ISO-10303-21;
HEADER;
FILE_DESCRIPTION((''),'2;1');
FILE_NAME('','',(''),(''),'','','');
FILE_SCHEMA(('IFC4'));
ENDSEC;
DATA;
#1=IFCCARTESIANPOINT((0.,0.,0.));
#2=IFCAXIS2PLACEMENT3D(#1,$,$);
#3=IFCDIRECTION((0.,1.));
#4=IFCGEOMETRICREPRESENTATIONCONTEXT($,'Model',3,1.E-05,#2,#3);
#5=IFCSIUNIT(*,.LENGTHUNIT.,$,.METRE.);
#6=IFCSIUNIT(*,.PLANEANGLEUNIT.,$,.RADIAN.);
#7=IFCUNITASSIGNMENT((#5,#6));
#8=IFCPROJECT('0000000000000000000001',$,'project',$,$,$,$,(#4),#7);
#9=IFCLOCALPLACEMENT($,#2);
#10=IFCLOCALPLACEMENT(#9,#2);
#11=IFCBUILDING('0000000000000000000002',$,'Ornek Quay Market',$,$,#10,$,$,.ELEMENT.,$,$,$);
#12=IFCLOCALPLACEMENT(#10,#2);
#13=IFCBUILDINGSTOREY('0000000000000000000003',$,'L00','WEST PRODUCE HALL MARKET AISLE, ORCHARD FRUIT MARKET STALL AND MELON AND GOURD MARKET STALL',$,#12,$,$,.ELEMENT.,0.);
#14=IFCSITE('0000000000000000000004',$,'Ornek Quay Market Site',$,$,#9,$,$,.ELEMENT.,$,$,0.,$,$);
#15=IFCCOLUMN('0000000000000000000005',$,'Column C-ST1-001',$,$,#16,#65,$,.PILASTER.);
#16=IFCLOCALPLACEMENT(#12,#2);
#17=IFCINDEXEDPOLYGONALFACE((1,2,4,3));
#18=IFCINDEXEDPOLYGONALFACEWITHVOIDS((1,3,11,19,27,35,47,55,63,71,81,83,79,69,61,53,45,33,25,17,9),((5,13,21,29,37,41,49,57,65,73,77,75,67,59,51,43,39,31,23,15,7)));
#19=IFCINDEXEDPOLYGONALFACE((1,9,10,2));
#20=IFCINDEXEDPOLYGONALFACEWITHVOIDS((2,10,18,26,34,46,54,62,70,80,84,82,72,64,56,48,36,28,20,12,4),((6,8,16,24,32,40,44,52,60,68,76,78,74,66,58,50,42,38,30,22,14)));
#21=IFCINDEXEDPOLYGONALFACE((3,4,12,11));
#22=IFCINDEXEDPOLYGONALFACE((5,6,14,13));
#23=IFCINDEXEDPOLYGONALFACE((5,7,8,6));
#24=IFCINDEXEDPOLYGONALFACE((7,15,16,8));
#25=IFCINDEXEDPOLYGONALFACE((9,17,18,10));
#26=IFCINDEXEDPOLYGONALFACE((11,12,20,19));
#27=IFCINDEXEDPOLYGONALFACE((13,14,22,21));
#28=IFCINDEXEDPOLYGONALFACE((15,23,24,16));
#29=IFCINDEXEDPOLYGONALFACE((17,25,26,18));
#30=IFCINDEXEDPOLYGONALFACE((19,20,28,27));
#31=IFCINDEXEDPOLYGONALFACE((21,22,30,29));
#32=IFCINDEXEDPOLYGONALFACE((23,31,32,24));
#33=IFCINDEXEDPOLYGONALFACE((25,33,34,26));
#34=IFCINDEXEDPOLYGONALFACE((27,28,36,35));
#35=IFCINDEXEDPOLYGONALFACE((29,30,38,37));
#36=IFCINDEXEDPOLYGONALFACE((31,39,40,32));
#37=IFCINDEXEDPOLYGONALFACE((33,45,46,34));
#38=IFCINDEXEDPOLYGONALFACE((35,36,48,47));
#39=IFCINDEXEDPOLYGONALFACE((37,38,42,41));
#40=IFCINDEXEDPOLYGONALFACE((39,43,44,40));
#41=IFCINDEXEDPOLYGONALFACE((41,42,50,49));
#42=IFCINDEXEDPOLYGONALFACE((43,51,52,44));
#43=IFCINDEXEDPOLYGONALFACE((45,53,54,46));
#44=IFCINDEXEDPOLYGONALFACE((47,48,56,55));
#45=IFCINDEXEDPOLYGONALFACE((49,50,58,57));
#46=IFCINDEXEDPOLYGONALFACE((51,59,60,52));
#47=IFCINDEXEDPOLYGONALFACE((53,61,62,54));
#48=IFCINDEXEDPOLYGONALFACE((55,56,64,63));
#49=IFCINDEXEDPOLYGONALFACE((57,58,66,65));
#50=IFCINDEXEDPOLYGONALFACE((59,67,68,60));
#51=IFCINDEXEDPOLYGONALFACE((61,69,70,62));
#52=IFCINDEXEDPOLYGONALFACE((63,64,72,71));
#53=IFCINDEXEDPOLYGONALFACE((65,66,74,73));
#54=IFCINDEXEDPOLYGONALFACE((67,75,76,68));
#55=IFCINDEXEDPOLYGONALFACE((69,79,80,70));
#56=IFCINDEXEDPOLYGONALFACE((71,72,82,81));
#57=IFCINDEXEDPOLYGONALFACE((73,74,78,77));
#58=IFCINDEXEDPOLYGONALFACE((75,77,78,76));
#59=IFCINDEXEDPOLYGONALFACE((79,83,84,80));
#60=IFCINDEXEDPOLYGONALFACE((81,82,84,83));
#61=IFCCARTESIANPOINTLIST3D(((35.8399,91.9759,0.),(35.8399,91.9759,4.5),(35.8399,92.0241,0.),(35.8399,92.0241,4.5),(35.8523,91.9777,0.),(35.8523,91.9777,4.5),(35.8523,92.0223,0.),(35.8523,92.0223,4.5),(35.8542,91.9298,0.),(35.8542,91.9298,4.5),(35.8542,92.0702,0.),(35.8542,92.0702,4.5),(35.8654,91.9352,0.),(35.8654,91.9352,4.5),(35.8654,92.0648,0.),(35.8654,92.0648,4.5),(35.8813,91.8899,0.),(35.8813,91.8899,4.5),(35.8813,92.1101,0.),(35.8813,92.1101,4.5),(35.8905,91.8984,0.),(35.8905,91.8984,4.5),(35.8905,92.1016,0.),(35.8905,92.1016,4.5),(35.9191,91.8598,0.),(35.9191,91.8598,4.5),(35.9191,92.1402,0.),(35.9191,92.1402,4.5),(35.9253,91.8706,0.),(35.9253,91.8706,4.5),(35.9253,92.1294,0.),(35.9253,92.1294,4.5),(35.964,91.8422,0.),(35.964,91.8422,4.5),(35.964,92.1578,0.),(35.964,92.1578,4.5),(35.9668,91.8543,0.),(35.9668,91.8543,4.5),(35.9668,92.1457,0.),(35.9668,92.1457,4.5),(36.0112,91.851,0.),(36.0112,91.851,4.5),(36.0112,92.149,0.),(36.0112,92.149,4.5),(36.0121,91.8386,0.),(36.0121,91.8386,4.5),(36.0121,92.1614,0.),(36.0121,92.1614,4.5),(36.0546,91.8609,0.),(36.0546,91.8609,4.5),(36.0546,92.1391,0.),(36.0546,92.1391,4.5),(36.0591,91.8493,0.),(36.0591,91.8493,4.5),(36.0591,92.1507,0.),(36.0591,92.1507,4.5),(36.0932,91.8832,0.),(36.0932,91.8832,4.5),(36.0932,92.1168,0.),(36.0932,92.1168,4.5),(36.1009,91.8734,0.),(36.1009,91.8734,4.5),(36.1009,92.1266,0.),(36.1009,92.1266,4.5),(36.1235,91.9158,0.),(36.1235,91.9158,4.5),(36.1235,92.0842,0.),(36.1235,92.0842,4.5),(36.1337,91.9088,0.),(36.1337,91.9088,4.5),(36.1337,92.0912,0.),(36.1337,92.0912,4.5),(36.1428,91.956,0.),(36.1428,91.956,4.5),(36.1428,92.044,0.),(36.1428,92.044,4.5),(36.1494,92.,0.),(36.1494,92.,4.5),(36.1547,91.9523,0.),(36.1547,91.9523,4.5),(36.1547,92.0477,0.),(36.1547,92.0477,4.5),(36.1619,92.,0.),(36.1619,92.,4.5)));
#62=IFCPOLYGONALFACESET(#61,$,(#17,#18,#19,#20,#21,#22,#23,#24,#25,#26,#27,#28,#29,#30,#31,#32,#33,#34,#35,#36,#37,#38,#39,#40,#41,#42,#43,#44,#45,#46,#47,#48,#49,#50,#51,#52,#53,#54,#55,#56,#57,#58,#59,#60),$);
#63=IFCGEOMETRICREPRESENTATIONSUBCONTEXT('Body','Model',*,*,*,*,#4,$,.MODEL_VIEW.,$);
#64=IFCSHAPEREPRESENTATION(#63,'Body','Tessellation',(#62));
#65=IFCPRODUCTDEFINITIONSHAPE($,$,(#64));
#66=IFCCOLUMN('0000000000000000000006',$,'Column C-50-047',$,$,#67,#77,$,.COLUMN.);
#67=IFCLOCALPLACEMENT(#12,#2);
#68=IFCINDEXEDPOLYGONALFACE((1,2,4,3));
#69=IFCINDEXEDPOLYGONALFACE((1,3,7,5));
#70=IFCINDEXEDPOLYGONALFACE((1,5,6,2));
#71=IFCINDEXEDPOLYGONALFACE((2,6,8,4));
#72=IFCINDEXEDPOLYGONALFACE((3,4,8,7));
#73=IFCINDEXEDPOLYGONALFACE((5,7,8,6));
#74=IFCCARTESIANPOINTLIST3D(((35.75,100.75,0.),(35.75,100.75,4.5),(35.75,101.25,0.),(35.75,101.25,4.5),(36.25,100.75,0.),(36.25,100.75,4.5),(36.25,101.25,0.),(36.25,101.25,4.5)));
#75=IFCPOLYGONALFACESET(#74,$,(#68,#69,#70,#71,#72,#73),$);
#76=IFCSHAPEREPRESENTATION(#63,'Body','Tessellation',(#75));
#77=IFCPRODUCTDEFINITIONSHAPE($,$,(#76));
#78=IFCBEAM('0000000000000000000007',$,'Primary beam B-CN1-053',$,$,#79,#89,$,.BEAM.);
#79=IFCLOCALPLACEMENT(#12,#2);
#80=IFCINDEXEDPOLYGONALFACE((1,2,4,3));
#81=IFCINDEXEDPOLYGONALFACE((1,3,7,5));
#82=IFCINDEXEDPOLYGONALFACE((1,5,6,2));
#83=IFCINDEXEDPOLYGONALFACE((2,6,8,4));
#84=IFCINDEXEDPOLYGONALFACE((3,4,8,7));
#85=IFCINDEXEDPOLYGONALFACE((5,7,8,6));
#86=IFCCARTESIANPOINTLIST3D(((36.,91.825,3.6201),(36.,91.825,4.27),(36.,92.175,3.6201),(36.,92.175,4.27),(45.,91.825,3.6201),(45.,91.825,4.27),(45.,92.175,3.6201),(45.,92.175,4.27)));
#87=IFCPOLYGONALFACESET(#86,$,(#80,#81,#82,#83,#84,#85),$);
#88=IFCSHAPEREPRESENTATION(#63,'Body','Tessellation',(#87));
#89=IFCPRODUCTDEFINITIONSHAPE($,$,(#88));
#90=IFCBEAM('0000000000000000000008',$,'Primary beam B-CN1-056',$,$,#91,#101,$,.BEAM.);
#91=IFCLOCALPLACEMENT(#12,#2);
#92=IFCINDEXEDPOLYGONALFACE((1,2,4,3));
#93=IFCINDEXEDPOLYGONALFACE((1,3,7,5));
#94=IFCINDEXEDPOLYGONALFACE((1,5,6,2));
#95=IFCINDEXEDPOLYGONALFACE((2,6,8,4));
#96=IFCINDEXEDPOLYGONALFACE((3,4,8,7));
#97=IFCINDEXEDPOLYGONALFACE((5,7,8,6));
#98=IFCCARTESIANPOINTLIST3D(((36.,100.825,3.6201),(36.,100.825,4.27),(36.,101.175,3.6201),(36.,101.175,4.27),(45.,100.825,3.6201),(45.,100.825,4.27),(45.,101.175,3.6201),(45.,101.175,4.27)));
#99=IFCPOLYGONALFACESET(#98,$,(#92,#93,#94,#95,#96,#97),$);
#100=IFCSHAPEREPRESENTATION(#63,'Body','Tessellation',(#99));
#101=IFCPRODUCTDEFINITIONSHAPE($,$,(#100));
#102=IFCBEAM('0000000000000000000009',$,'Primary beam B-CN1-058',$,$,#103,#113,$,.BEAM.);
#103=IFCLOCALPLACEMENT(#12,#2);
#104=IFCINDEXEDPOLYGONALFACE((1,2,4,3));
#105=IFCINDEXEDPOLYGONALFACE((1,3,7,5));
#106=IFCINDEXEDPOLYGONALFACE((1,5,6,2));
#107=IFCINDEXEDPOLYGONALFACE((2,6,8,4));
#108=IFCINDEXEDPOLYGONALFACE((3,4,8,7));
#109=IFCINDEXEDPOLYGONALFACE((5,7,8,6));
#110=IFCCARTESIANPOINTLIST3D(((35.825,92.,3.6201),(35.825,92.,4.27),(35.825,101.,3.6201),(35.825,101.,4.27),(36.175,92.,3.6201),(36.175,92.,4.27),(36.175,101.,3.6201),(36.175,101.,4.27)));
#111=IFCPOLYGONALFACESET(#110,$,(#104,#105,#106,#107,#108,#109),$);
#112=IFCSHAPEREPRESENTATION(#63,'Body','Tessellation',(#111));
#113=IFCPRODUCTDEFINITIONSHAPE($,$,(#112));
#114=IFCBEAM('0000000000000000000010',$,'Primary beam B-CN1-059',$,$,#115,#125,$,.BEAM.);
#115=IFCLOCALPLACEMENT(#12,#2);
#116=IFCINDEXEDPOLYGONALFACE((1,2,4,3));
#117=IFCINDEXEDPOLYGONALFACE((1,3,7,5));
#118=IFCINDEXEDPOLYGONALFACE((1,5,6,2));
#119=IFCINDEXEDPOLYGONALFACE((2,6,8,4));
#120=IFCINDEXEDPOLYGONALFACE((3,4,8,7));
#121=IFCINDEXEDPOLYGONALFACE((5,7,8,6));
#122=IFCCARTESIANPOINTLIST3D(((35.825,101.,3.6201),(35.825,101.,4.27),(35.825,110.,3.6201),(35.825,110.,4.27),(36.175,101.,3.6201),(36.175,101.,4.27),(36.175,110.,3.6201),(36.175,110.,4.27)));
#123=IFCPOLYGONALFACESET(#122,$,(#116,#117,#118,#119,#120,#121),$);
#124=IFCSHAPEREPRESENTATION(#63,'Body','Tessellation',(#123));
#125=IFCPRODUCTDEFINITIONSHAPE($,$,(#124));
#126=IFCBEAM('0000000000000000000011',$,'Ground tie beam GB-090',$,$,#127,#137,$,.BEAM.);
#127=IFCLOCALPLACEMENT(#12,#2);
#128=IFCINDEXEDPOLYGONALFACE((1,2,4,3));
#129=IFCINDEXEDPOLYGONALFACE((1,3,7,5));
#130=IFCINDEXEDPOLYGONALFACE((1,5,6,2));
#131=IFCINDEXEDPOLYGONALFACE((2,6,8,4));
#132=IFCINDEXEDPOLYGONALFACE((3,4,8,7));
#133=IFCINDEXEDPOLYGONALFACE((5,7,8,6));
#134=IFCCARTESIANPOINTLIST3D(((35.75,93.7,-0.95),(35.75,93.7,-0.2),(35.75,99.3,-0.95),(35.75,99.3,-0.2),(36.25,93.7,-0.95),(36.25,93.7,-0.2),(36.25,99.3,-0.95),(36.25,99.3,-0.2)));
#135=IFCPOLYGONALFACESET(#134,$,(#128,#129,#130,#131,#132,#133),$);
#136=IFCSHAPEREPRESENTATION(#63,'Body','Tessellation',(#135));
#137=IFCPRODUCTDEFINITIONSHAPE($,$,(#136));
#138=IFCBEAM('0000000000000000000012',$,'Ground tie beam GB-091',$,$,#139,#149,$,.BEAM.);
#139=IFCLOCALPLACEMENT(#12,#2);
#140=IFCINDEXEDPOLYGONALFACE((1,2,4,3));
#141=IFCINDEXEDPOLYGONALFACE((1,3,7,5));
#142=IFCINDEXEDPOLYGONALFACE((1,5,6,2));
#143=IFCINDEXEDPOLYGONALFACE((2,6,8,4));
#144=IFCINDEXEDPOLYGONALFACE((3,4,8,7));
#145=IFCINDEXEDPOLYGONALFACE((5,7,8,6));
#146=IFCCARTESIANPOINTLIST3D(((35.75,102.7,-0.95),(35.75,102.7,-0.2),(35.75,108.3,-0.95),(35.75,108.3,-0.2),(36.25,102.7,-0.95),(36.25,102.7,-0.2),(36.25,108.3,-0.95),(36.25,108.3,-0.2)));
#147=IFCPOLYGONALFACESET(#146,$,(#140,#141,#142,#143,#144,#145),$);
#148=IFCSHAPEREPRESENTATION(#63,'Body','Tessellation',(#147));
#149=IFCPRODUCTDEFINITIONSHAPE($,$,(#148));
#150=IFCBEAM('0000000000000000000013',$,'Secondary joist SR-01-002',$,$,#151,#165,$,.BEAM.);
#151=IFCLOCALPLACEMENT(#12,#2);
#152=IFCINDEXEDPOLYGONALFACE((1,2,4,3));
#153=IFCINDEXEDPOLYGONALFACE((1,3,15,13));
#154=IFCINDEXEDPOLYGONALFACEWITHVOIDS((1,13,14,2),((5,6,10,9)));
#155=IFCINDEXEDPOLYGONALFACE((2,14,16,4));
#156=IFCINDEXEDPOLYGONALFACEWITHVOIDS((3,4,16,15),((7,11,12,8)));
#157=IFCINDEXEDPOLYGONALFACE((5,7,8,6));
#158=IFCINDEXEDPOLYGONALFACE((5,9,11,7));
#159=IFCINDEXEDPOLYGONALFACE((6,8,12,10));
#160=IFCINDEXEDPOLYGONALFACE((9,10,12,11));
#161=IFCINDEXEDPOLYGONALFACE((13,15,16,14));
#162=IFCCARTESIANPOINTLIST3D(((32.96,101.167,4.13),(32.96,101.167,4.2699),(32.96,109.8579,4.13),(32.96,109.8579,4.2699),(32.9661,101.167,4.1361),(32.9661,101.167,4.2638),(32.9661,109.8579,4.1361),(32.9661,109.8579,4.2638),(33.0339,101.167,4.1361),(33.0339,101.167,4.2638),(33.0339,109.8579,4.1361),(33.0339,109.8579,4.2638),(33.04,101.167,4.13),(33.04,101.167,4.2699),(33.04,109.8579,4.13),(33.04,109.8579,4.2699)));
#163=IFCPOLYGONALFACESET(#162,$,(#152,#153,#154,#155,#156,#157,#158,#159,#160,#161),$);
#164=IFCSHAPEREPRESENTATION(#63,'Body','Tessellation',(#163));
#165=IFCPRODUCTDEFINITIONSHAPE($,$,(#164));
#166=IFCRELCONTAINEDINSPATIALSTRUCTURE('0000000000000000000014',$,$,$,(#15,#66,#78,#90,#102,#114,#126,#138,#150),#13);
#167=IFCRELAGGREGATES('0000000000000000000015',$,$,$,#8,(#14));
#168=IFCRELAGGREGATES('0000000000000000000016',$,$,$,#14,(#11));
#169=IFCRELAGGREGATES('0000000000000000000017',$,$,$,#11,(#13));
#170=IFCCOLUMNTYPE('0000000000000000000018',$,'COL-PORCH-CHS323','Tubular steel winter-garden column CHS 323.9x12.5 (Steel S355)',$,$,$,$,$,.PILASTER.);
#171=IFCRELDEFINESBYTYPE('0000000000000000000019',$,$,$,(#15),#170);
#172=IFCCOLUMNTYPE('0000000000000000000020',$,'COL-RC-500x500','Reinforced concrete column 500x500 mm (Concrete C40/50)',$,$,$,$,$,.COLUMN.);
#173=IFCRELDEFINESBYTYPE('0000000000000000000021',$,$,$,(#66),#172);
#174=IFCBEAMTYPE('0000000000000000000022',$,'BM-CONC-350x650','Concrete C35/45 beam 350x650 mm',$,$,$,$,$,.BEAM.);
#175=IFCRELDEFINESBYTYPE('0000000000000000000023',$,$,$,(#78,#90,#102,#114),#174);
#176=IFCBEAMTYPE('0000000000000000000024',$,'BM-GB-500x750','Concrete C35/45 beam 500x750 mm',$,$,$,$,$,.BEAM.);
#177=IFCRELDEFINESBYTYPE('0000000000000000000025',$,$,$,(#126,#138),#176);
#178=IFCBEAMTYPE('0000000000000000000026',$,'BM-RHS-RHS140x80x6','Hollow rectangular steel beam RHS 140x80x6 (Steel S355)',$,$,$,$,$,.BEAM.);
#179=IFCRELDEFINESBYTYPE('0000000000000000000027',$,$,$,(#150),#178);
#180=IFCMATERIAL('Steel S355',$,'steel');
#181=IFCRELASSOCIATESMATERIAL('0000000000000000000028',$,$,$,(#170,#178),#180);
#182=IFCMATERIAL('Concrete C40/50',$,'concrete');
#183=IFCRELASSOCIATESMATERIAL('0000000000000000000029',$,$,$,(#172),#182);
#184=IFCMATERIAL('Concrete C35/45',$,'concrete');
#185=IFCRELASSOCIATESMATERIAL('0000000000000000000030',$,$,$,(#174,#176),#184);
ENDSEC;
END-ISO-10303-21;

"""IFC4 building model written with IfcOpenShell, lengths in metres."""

from ifc_helpers import new_model, si_unit, direction, frame, origin, origin_2d, place, context, subcontext, project, spatial, rectangle, hollow_rectangle, hollow_circle, extrude, material, material_profile, profile_set, type_object, element, save


model = new_model("IFC4")

# Units and contexts
model_context = context("Model", 3, precision=1e-05, world=origin(), true_north=direction((0.0, 1.0)))
body_context = subcontext(model_context, "Body", "Model", "MODEL_VIEW")
ifc_project = project(units=[si_unit("LENGTHUNIT", "METRE"), si_unit("PLANEANGLEUNIT", "RADIAN")], contexts=[model_context])

# Site, building, storey
site_placement = place(None, origin())
site = spatial("IfcSite", under=ifc_project, at=site_placement, Name="Ornek Quay Market Site", CompositionType="ELEMENT", RefElevation=0.0)
building_placement = place(site_placement, origin())
building = spatial("IfcBuilding", under=site, at=building_placement, Name="Ornek Quay Market", CompositionType="ELEMENT")
storey_placement = place(building_placement, origin())
storey = spatial("IfcBuildingStorey", under=building, at=storey_placement, Name="L00", Description="WEST PRODUCE HALL MARKET AISLE, ORCHARD FRUIT MARKET STALL AND MELON AND GOURD MARKET STALL", CompositionType="ELEMENT", Elevation=0.0)

# Shared definitions
ifc_material_1 = material(Name="Concrete C35/45", Category="concrete")

# Columns
ifc_material_2 = material(Name="Steel S355", Category="steel")
ifc_material_profile_1 = material_profile(ifc_material_2, hollow_circle(Radius=0.1619, WallThickness=0.0125, at=origin_2d()), Name="CHS 323.9x12.5", Category="steel")
ifc_profile_set_1 = profile_set([ifc_material_profile_1], Name="Steel S355")
column_type_1 = type_object("IfcColumnType", Name="COL-PORCH-CHS323", Description="Tubular steel winter-garden column CHS 323.9x12.5 (Steel S355)", PredefinedType="PILASTER", material=ifc_profile_set_1)
column_1_placement = place(storey_placement, frame((36.0, 92.0, 0.0), z_axis=(0.0, 0.0, 1.0), x_axis=(1.0, 0.0, 0.0)))
element("IfcColumn", 1, at=column_1_placement, inside=storey, type_object=column_type_1, Name="Column C-ST1-001", PredefinedType="PILASTER", context=body_context, shape_type="SweptSolid", body=[
    extrude(hollow_circle(Radius=0.1619, WallThickness=0.0125, at=origin_2d()), origin(), (0.0, 0.0, 1.0), 4.5),
])
ifc_material_3 = material(Name="Concrete C40/50", Category="concrete")
ifc_material_profile_2 = material_profile(ifc_material_3, rectangle(XDim=0.5, YDim=0.5, at=origin_2d()), Name="RC 500x500", Category="concrete")
ifc_profile_set_2 = profile_set([ifc_material_profile_2], Name="Concrete C40/50")
column_type_2 = type_object("IfcColumnType", Name="COL-RC-500x500", Description="Reinforced concrete column 500x500 mm (Concrete C40/50)", PredefinedType="COLUMN", material=ifc_profile_set_2)
column_2_placement = place(storey_placement, frame((36.0, 101.0, 0.0), z_axis=(0.0, 0.0, 1.0), x_axis=(1.0, 0.0, 0.0)))
element("IfcColumn", 2, at=column_2_placement, inside=storey, type_object=column_type_2, Name="Column C-50-047", PredefinedType="COLUMN", context=body_context, shape_type="SweptSolid", body=[
    extrude(rectangle(XDim=0.5, YDim=0.5, at=origin_2d()), origin(), (0.0, 0.0, 1.0), 4.5),
])

# Beams
ifc_material_profile_3 = material_profile(ifc_material_1, rectangle(XDim=0.3501, YDim=0.6499, at=origin_2d()), Name="RC 350x650", Category="concrete")
ifc_profile_set_3 = profile_set([ifc_material_profile_3], Name="Concrete C35/45")
beam_type_1 = type_object("IfcBeamType", Name="BM-CONC-350x650", Description="Concrete C35/45 beam 350x650 mm", PredefinedType="BEAM", material=ifc_profile_set_3)
for number, where, z_axis, x_axis, name in (
    (3, (36.0, 92.0, 3.9451), (1.0, 0.0, 0.0), (0.0, 1.0, 0.0), "Primary beam B-CN1-053"),
    (4, (36.0, 101.0, 3.9451), (1.0, 0.0, 0.0), (0.0, 1.0, 0.0), "Primary beam B-CN1-056"),
    (5, (36.0, 92.0, 3.9451), (0.0, 1.0, 0.0), (-1.0, 0.0, 0.0), "Primary beam B-CN1-058"),
    (6, (36.0, 101.0, 3.9451), (0.0, 1.0, 0.0), (-1.0, 0.0, 0.0), "Primary beam B-CN1-059"),
):
    element("IfcBeam", number, at=place(storey_placement, frame(where, z_axis=z_axis, x_axis=x_axis)), inside=storey, type_object=beam_type_1, Name=name, PredefinedType="BEAM", context=body_context, shape_type="SweptSolid", body=[
        extrude(rectangle(XDim=0.3501, YDim=0.6499, at=origin_2d()), origin(), (0.0, 0.0, 1.0), 9.0),
    ])
ifc_material_profile_4 = material_profile(ifc_material_1, rectangle(XDim=0.5, YDim=0.75, at=origin_2d()), Name="RC 500x750", Category="concrete")
ifc_profile_set_4 = profile_set([ifc_material_profile_4], Name="Concrete C35/45")
beam_type_2 = type_object("IfcBeamType", Name="BM-GB-500x750", Description="Concrete C35/45 beam 500x750 mm", PredefinedType="BEAM", material=ifc_profile_set_4)
for number, where, z_axis, x_axis, name in (
    (7, (36.0, 93.7, -0.575), (0.0, 1.0, 0.0), (-1.0, 0.0, 0.0), "Ground tie beam GB-090"),
    (8, (36.0, 102.7, -0.575), (0.0, 1.0, 0.0), (-1.0, 0.0, 0.0), "Ground tie beam GB-091"),
):
    element("IfcBeam", number, at=place(storey_placement, frame(where, z_axis=z_axis, x_axis=x_axis)), inside=storey, type_object=beam_type_2, Name=name, PredefinedType="BEAM", context=body_context, shape_type="SweptSolid", body=[
        extrude(rectangle(XDim=0.5, YDim=0.75, at=origin_2d()), origin(), (0.0, 0.0, 1.0), 5.6001),
    ])
ifc_material_profile_5 = material_profile(ifc_material_2, hollow_rectangle(XDim=0.0801, YDim=0.1399, WallThickness=0.0061, at=origin_2d()), Name="RHS 140x80x6", Category="steel")
ifc_profile_set_5 = profile_set([ifc_material_profile_5], Name="Steel S355")
beam_type_3 = type_object("IfcBeamType", Name="BM-RHS-RHS140x80x6", Description="Hollow rectangular steel beam RHS 140x80x6 (Steel S355)", PredefinedType="BEAM", material=ifc_profile_set_5)
beam_1_placement = place(storey_placement, frame((33.0, 101.167, 4.2), z_axis=(0.0, 1.0, 0.0), x_axis=(-1.0, 0.0, 0.0)))
element("IfcBeam", 9, at=beam_1_placement, inside=storey, type_object=beam_type_3, Name="Secondary joist SR-01-002", PredefinedType="BEAM", context=body_context, shape_type="SweptSolid", body=[
    extrude(hollow_rectangle(XDim=0.0801, YDim=0.1399, WallThickness=0.0061, at=origin_2d()), origin(), (0.0, 0.0, 1.0), 8.6909),
])

save(model, "model.ifc")
